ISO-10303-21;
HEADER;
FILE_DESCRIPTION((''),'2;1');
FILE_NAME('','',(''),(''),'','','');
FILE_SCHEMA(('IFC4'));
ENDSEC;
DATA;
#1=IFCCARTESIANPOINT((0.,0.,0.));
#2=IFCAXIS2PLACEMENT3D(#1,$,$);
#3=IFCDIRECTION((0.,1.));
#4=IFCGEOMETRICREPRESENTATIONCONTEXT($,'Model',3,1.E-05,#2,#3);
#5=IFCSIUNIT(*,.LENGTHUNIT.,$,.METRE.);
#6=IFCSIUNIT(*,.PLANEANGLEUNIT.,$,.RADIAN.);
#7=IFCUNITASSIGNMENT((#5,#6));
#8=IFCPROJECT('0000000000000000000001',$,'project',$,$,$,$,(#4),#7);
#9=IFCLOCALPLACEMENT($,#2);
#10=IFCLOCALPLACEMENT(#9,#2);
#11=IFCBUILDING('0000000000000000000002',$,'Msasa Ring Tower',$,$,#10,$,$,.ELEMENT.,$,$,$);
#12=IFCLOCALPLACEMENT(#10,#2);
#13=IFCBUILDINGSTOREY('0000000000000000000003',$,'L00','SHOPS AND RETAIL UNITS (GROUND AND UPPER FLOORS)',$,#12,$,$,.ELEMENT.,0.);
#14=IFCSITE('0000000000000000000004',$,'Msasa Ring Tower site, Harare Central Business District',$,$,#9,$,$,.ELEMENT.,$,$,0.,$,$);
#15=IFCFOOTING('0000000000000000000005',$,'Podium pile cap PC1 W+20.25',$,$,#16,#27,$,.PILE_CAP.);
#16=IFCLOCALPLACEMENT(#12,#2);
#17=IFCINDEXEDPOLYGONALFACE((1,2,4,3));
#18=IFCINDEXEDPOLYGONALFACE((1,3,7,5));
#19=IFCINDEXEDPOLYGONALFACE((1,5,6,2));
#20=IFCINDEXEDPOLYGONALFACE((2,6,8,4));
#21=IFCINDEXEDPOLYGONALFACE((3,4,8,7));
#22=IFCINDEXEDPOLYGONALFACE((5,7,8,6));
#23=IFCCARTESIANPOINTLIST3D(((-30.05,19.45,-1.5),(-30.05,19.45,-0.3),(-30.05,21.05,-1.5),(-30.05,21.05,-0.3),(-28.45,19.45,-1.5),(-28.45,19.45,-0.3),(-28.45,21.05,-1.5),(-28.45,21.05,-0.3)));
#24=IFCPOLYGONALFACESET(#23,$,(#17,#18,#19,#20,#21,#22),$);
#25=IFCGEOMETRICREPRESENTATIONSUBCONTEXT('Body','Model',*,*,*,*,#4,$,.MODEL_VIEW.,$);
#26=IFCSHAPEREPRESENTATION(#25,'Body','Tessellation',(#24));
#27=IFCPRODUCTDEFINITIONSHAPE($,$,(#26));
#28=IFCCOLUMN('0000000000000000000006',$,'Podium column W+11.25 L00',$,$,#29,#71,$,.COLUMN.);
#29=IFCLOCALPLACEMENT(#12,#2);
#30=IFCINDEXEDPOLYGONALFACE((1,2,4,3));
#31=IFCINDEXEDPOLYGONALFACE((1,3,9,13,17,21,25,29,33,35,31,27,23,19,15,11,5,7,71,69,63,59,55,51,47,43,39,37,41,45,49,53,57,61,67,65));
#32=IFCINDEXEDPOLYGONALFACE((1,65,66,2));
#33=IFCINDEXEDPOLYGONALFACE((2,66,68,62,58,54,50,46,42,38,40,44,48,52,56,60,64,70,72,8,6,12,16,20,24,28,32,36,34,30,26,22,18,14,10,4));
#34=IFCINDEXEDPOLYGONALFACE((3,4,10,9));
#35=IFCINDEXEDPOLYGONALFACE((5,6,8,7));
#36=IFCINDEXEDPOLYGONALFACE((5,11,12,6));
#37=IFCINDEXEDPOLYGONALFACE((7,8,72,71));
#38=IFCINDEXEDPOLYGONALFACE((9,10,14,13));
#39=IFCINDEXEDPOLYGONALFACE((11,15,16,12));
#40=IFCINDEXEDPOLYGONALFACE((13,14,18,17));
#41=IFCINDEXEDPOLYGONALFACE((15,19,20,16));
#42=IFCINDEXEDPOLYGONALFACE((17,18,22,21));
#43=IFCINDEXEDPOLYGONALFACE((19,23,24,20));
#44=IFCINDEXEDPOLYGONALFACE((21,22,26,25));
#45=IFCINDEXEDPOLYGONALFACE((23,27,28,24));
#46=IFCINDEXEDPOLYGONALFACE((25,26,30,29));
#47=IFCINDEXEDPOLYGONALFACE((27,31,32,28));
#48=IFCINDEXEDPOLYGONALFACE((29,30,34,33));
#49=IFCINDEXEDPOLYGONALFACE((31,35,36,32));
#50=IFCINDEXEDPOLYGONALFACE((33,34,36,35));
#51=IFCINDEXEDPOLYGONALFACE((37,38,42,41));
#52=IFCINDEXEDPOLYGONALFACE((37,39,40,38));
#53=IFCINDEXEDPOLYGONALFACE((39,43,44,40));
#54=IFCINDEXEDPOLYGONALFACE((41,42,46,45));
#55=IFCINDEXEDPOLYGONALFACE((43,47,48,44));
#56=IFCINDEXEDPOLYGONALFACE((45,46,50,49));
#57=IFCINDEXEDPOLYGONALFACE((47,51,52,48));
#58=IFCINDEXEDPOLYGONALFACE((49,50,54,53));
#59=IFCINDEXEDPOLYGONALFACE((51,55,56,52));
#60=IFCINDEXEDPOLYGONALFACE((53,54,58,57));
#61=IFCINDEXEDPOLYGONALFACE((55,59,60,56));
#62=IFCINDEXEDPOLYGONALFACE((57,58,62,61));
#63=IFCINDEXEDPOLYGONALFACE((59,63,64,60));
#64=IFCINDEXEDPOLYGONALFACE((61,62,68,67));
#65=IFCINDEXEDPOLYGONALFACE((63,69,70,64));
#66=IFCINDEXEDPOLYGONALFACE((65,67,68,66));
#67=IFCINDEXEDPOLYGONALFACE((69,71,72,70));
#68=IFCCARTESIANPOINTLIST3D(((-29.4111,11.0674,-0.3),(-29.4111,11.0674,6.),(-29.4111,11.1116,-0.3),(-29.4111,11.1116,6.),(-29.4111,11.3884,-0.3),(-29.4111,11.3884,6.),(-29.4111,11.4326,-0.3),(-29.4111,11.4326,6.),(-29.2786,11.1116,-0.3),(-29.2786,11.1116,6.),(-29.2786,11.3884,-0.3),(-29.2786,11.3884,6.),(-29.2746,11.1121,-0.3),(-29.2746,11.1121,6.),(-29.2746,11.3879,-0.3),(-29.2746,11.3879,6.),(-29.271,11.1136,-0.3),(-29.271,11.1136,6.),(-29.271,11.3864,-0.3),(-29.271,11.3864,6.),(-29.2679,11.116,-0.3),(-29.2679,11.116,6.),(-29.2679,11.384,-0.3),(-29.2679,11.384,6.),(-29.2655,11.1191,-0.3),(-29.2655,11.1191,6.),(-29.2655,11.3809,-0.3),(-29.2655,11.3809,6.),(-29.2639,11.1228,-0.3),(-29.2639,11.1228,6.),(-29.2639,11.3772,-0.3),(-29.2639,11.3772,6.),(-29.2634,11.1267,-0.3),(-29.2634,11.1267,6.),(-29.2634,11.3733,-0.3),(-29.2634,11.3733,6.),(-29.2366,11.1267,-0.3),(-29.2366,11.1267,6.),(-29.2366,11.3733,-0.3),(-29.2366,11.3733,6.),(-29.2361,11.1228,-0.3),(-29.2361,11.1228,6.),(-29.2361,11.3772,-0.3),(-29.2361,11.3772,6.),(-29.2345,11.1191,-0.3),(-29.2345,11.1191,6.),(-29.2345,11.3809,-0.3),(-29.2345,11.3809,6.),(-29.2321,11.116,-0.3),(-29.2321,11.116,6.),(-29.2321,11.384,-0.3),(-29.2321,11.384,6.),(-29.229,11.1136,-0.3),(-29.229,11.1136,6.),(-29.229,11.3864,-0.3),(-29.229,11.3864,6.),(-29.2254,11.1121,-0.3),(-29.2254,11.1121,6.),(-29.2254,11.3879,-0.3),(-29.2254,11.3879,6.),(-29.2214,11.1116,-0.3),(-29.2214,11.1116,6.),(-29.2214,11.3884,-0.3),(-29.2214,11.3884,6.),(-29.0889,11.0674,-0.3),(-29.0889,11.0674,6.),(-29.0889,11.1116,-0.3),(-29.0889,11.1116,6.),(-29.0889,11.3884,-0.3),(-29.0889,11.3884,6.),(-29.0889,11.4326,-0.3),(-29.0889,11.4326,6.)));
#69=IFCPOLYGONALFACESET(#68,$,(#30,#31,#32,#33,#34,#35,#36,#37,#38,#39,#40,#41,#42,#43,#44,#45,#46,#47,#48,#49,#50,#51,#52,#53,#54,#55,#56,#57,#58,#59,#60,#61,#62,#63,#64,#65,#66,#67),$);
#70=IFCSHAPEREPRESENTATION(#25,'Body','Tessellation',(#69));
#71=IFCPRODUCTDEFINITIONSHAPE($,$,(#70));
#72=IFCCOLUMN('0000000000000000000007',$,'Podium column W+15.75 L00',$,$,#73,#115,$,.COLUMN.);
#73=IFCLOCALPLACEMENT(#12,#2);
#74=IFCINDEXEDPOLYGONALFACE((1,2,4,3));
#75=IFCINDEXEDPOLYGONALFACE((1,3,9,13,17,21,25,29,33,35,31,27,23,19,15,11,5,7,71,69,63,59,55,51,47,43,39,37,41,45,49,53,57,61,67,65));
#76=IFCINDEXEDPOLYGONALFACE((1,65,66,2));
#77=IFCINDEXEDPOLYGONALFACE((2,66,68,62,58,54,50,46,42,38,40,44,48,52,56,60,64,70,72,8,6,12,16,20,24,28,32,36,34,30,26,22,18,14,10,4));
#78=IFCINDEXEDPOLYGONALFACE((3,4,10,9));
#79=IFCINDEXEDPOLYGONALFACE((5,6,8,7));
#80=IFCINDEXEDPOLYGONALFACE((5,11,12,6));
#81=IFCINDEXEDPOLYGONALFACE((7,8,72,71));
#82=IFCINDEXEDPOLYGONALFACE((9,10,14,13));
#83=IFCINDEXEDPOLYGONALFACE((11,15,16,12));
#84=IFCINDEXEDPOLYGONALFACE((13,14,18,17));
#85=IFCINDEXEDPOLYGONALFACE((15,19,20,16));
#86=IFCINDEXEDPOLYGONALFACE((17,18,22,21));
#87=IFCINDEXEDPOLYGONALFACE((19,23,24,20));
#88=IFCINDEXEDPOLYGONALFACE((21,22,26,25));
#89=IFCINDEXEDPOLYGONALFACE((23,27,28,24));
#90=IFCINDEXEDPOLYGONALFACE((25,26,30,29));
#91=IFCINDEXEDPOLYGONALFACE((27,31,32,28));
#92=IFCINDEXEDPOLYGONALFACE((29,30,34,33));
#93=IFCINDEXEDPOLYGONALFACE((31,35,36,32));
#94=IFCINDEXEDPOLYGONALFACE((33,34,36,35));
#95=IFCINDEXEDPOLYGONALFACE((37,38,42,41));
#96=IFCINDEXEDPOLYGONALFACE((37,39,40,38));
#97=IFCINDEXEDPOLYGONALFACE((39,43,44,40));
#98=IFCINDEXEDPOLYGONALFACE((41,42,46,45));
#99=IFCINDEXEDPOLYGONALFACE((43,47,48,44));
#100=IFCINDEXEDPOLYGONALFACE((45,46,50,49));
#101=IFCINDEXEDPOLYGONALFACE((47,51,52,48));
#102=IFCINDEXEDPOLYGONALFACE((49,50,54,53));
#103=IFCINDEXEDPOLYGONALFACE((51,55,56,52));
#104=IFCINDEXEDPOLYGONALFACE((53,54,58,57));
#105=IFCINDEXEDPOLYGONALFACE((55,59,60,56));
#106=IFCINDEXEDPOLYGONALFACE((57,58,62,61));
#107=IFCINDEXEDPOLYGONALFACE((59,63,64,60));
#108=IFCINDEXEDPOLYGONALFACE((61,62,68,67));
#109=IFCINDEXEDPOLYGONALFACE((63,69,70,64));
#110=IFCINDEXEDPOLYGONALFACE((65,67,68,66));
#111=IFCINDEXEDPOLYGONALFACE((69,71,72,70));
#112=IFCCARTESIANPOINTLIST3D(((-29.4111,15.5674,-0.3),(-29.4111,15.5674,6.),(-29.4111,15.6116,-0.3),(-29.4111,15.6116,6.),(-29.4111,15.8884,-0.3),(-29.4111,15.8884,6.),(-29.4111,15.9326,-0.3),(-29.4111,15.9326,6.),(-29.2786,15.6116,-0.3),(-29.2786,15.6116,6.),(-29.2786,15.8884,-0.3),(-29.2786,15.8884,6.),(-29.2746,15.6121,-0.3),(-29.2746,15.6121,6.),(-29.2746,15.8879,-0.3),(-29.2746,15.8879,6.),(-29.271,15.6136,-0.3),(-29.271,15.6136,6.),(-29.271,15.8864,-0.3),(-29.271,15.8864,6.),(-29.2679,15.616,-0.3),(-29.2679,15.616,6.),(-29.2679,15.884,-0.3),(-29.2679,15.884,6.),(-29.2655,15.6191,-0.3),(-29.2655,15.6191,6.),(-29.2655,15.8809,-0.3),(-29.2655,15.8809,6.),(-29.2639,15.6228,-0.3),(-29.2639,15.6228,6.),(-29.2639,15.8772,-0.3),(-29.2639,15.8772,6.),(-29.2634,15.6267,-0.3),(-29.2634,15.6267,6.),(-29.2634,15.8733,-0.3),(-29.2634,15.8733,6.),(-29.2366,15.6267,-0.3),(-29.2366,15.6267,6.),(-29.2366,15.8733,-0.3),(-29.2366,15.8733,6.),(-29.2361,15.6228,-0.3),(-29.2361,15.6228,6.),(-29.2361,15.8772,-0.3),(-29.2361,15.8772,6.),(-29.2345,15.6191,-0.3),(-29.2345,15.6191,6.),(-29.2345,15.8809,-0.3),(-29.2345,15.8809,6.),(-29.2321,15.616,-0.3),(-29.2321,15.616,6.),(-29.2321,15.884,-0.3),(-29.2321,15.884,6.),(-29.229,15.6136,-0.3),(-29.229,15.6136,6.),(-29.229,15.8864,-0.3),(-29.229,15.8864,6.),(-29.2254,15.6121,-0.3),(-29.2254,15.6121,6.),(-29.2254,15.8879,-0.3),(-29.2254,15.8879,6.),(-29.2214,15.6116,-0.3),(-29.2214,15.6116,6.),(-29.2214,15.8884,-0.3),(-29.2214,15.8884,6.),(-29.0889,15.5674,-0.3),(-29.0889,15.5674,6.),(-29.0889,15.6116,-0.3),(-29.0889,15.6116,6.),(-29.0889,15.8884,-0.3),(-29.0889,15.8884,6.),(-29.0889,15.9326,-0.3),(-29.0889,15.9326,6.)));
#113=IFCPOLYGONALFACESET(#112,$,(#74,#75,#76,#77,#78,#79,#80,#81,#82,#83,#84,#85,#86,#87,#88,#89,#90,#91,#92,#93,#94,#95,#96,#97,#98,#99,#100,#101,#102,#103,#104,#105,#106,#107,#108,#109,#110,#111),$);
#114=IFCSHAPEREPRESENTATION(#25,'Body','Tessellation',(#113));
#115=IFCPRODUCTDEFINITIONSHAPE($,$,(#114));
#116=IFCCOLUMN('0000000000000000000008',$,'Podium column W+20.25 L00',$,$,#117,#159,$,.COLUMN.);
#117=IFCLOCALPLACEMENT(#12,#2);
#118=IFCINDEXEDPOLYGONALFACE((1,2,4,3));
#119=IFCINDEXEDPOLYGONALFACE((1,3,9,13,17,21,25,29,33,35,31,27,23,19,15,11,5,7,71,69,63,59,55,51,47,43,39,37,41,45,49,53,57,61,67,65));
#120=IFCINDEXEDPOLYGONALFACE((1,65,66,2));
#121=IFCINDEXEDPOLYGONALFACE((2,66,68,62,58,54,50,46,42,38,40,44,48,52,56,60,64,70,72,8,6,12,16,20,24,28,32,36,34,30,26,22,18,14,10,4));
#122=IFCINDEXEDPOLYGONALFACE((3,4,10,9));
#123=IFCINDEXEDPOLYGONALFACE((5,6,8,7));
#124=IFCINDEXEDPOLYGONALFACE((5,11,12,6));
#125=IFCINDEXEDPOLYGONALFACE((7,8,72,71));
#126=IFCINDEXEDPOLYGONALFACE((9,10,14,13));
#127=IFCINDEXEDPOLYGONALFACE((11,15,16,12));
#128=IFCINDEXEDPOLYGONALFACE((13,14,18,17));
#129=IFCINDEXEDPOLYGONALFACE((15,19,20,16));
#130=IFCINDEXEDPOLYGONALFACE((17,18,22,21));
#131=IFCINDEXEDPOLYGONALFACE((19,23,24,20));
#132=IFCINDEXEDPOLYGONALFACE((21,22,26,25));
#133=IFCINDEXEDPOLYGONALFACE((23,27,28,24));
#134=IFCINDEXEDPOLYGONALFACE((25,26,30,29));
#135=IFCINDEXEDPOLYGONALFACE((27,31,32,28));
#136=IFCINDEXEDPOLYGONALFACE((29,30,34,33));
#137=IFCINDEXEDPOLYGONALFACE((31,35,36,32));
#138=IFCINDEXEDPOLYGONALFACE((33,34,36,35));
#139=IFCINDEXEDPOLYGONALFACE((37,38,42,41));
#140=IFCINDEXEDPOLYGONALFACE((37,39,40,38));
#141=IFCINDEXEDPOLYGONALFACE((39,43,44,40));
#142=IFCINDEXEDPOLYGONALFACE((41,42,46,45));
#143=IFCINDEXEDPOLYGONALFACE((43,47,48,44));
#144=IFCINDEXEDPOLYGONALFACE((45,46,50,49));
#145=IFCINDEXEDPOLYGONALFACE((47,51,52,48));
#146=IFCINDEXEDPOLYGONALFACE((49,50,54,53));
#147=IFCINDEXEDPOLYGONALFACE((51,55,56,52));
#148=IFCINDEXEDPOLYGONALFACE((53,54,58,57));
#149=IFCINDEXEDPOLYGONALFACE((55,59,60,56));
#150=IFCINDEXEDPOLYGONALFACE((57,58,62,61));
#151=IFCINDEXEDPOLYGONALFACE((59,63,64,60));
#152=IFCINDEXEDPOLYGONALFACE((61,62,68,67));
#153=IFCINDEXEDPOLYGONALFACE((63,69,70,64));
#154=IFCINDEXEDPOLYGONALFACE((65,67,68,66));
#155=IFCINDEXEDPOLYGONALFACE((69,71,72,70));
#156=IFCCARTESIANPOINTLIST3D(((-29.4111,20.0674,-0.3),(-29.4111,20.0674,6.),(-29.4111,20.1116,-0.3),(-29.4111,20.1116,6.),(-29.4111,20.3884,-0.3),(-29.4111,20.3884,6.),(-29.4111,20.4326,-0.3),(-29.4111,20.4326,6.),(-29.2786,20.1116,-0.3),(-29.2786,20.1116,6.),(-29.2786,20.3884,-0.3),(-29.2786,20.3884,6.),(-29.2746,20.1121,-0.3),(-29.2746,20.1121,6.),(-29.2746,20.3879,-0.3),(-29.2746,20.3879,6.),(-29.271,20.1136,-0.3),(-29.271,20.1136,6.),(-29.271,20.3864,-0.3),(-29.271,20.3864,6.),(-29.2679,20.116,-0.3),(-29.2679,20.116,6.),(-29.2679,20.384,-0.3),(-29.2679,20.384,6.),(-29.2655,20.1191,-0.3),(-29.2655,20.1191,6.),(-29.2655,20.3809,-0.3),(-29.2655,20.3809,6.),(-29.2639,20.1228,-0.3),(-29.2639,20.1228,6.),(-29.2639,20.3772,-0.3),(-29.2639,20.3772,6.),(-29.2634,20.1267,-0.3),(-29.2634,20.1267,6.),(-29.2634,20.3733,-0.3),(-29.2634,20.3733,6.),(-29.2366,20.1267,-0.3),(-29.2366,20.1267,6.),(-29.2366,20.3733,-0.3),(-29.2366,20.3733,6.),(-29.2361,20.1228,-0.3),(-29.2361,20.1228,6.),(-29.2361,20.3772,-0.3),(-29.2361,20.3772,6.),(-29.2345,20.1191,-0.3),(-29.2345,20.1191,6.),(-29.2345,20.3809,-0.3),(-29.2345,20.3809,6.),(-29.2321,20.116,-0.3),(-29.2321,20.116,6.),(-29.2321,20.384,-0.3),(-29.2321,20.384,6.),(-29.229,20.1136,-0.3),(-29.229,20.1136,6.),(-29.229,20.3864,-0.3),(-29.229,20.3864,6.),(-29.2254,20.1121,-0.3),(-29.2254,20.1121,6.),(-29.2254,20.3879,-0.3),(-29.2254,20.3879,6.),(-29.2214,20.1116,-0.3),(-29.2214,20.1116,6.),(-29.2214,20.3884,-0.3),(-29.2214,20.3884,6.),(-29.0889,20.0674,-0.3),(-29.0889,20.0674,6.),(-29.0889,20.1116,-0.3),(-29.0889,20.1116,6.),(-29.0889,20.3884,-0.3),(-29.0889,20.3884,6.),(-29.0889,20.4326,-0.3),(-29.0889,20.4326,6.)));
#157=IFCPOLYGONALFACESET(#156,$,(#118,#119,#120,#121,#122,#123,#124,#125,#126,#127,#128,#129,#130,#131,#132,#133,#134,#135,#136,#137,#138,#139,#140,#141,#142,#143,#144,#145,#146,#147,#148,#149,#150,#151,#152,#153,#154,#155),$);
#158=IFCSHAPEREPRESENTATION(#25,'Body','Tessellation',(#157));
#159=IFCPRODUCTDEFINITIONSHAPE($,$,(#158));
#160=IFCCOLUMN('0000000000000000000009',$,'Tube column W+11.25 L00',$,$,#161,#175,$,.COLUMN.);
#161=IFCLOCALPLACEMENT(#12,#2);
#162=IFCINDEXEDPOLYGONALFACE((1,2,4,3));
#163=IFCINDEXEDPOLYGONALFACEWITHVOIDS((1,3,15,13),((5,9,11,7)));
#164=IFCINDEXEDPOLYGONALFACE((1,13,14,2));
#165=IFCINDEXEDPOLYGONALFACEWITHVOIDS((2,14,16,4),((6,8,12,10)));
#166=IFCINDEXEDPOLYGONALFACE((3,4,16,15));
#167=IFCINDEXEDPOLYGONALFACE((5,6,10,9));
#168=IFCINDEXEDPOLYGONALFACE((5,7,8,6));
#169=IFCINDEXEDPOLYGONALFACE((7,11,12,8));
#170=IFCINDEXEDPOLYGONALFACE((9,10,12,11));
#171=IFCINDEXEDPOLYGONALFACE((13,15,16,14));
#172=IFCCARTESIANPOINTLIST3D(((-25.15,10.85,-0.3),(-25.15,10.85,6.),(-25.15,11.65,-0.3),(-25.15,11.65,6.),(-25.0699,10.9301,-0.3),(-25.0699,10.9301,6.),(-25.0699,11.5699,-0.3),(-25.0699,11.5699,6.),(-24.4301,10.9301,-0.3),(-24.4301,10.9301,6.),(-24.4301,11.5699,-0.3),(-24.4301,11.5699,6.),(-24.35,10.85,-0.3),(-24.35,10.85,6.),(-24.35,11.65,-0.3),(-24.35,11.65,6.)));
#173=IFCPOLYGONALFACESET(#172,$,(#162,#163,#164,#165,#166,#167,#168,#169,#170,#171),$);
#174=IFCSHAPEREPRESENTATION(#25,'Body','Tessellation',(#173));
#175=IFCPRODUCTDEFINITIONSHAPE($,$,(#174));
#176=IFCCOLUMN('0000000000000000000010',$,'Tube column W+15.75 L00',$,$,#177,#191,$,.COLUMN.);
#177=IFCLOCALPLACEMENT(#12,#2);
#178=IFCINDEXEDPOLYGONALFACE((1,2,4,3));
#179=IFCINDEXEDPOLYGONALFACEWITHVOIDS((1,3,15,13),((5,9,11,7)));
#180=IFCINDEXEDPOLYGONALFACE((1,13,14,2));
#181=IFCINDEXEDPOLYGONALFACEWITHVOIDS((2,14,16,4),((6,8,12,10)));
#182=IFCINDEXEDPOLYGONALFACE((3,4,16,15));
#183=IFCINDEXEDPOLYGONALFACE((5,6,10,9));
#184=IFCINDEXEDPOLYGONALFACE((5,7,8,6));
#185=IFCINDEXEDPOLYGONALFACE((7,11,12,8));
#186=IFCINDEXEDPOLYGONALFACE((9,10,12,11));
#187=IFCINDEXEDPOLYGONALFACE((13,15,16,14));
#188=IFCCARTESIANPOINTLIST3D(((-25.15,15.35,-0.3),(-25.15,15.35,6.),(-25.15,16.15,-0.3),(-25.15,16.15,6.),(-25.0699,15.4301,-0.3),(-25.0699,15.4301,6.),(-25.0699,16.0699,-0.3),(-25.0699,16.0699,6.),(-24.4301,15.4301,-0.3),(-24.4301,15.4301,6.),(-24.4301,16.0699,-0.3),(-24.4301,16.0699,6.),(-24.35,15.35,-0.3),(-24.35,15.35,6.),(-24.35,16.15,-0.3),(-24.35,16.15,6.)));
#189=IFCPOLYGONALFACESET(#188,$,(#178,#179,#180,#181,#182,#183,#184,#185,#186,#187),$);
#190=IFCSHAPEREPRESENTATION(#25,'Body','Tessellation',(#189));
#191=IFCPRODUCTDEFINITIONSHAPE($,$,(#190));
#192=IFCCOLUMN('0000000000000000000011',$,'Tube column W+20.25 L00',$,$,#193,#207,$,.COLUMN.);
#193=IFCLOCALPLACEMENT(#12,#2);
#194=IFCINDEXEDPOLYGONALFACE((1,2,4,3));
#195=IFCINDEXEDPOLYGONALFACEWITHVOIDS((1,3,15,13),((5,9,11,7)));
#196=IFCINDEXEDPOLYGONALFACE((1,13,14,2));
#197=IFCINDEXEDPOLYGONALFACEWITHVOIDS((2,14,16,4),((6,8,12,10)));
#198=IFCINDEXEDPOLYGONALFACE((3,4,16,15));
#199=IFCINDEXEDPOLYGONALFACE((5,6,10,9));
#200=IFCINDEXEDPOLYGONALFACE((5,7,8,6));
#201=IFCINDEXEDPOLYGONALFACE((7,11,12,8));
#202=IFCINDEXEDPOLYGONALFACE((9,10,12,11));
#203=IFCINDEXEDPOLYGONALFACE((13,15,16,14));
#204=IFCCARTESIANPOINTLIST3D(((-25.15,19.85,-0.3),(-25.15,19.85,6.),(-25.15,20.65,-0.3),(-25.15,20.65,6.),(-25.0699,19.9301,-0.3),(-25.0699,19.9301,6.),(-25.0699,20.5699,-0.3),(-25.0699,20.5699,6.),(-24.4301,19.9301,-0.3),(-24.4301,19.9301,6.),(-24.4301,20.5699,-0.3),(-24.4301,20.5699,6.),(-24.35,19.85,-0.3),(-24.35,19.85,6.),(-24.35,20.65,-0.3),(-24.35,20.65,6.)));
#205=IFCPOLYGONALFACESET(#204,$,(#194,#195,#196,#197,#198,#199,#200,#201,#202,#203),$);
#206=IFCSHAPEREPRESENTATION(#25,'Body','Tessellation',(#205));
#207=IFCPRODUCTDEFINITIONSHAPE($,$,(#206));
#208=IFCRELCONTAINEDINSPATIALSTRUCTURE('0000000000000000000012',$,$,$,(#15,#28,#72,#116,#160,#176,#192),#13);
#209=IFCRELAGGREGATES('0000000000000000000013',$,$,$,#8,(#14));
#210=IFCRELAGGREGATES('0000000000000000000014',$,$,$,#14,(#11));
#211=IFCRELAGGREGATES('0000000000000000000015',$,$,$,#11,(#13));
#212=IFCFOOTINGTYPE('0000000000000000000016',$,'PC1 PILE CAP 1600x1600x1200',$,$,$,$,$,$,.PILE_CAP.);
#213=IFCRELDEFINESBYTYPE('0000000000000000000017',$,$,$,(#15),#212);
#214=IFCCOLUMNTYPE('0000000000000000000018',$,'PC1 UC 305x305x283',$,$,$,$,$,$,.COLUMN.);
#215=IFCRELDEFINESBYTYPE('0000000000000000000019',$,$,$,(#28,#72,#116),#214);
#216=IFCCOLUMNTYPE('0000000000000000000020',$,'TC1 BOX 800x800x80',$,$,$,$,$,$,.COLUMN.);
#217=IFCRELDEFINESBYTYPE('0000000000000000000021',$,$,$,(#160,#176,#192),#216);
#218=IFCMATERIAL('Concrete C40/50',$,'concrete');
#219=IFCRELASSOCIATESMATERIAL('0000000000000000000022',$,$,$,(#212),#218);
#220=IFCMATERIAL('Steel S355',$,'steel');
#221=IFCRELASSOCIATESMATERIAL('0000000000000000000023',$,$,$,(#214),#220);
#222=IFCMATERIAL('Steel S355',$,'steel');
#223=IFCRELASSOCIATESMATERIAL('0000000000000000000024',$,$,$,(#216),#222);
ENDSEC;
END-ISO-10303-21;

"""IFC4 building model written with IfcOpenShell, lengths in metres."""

from ifc_helpers import new_model, si_unit, direction, frame, origin, origin_2d, place, context, subcontext, project, spatial, rectangle, hollow_rectangle, i_section, extrude, material, material_profile, profile_set, type_object, element, save


model = new_model("IFC4")

# Units and contexts
model_context = context("Model", 3, precision=1e-05, world=origin(), true_north=direction((0.0, 1.0)))
body_context = subcontext(model_context, "Body", "Model", "MODEL_VIEW")
ifc_project = project(units=[si_unit("LENGTHUNIT", "METRE"), si_unit("PLANEANGLEUNIT", "RADIAN")], contexts=[model_context])

# Site, building, storey
site_placement = place(None, origin())
site = spatial("IfcSite", under=ifc_project, at=site_placement, Name="Msasa Ring Tower site, Harare Central Business District", CompositionType="ELEMENT", RefElevation=0.0)
building_placement = place(site_placement, origin())
building = spatial("IfcBuilding", under=site, at=building_placement, Name="Msasa Ring Tower", CompositionType="ELEMENT")
storey_placement = place(building_placement, origin())
storey = spatial("IfcBuildingStorey", under=building, at=storey_placement, Name="L00", Description="SHOPS AND RETAIL UNITS (GROUND AND UPPER FLOORS)", CompositionType="ELEMENT", Elevation=0.0)

# Footing
ifc_material_1 = material(Name="Concrete C40/50", Category="concrete")
footing_type = type_object("IfcFootingType", Name="PC1 PILE CAP 1600x1600x1200", PredefinedType="PILE_CAP", material=ifc_material_1)
for number, where, z_axis, x_axis, name in (
    (1, (-29.25, 20.25, -1.5), (0.0, 0.0, 1.0), (1.0, 0.0, 0.0), "Podium pile cap PC1 W+20.25"),
):
    element("IfcFooting", number, at=place(storey_placement, frame(where, z_axis=z_axis, x_axis=x_axis)), inside=storey, type_object=footing_type, Name=name, PredefinedType="PILE_CAP", context=body_context, shape_type="SweptSolid", body=[
        extrude(rectangle(XDim=1.6001, YDim=1.6001, at=origin_2d()), origin(), (0.0, 0.0, 1.0), 1.2),
    ])

# Columns
ifc_material_2 = material(Name="Steel S355", Category="steel")
ifc_material_profile_1 = material_profile(ifc_material_2, i_section(OverallWidth=0.3223, OverallDepth=0.3652, WebThickness=0.0269, FlangeThickness=0.0442, FilletRadius=0.0151, at=origin_2d()), Name="UC 305x305x283")
ifc_profile_set_1 = profile_set([ifc_material_profile_1], Name="Steel S355")
column_type_1 = type_object("IfcColumnType", Name="PC1 UC 305x305x283", PredefinedType="COLUMN", material=ifc_profile_set_1)
for number, where, z_axis, x_axis, name in (
    (2, (-29.25, 11.25, -0.3), (0.0, 0.0, 1.0), (1.0, 0.0, 0.0), "Podium column W+11.25 L00"),
    (3, (-29.25, 15.75, -0.3), (0.0, 0.0, 1.0), (1.0, 0.0, 0.0), "Podium column W+15.75 L00"),
    (4, (-29.25, 20.25, -0.3), (0.0, 0.0, 1.0), (1.0, 0.0, 0.0), "Podium column W+20.25 L00"),
):
    element("IfcColumn", number, at=place(storey_placement, frame(where, z_axis=z_axis, x_axis=x_axis)), inside=storey, type_object=column_type_1, Name=name, PredefinedType="COLUMN", context=body_context, shape_type="SweptSolid", body=[
        extrude(i_section(OverallWidth=0.3223, OverallDepth=0.3652, WebThickness=0.0269, FlangeThickness=0.0442, FilletRadius=0.0151, at=origin_2d()), origin(), (0.0, 0.0, 1.0), 6.3),
    ])
ifc_material_3 = material(Name="Steel S355", Category="steel")
ifc_material_profile_2 = material_profile(ifc_material_3, hollow_rectangle(XDim=0.8, YDim=0.8, WallThickness=0.0801, at=origin_2d()), Name="BOX 800x800x80")
ifc_profile_set_2 = profile_set([ifc_material_profile_2], Name="Steel S355")
column_type_2 = type_object("IfcColumnType", Name="TC1 BOX 800x800x80", PredefinedType="COLUMN", material=ifc_profile_set_2)
for number, where, z_axis, x_axis, name in (
    (5, (-24.75, 11.25, -0.3), (0.0, 0.0, 1.0), (1.0, 0.0, 0.0), "Tube column W+11.25 L00"),
    (6, (-24.75, 15.75, -0.3), (0.0, 0.0, 1.0), (1.0, 0.0, 0.0), "Tube column W+15.75 L00"),
    (7, (-24.75, 20.25, -0.3), (0.0, 0.0, 1.0), (1.0, 0.0, 0.0), "Tube column W+20.25 L00"),
):
    element("IfcColumn", number, at=place(storey_placement, frame(where, z_axis=z_axis, x_axis=x_axis)), inside=storey, type_object=column_type_2, Name=name, PredefinedType="COLUMN", context=body_context, shape_type="SweptSolid", body=[
        extrude(hollow_rectangle(XDim=0.8, YDim=0.8, WallThickness=0.0801, at=origin_2d()), origin(), (0.0, 0.0, 1.0), 6.3),
    ])

save(model, "model.ifc")
